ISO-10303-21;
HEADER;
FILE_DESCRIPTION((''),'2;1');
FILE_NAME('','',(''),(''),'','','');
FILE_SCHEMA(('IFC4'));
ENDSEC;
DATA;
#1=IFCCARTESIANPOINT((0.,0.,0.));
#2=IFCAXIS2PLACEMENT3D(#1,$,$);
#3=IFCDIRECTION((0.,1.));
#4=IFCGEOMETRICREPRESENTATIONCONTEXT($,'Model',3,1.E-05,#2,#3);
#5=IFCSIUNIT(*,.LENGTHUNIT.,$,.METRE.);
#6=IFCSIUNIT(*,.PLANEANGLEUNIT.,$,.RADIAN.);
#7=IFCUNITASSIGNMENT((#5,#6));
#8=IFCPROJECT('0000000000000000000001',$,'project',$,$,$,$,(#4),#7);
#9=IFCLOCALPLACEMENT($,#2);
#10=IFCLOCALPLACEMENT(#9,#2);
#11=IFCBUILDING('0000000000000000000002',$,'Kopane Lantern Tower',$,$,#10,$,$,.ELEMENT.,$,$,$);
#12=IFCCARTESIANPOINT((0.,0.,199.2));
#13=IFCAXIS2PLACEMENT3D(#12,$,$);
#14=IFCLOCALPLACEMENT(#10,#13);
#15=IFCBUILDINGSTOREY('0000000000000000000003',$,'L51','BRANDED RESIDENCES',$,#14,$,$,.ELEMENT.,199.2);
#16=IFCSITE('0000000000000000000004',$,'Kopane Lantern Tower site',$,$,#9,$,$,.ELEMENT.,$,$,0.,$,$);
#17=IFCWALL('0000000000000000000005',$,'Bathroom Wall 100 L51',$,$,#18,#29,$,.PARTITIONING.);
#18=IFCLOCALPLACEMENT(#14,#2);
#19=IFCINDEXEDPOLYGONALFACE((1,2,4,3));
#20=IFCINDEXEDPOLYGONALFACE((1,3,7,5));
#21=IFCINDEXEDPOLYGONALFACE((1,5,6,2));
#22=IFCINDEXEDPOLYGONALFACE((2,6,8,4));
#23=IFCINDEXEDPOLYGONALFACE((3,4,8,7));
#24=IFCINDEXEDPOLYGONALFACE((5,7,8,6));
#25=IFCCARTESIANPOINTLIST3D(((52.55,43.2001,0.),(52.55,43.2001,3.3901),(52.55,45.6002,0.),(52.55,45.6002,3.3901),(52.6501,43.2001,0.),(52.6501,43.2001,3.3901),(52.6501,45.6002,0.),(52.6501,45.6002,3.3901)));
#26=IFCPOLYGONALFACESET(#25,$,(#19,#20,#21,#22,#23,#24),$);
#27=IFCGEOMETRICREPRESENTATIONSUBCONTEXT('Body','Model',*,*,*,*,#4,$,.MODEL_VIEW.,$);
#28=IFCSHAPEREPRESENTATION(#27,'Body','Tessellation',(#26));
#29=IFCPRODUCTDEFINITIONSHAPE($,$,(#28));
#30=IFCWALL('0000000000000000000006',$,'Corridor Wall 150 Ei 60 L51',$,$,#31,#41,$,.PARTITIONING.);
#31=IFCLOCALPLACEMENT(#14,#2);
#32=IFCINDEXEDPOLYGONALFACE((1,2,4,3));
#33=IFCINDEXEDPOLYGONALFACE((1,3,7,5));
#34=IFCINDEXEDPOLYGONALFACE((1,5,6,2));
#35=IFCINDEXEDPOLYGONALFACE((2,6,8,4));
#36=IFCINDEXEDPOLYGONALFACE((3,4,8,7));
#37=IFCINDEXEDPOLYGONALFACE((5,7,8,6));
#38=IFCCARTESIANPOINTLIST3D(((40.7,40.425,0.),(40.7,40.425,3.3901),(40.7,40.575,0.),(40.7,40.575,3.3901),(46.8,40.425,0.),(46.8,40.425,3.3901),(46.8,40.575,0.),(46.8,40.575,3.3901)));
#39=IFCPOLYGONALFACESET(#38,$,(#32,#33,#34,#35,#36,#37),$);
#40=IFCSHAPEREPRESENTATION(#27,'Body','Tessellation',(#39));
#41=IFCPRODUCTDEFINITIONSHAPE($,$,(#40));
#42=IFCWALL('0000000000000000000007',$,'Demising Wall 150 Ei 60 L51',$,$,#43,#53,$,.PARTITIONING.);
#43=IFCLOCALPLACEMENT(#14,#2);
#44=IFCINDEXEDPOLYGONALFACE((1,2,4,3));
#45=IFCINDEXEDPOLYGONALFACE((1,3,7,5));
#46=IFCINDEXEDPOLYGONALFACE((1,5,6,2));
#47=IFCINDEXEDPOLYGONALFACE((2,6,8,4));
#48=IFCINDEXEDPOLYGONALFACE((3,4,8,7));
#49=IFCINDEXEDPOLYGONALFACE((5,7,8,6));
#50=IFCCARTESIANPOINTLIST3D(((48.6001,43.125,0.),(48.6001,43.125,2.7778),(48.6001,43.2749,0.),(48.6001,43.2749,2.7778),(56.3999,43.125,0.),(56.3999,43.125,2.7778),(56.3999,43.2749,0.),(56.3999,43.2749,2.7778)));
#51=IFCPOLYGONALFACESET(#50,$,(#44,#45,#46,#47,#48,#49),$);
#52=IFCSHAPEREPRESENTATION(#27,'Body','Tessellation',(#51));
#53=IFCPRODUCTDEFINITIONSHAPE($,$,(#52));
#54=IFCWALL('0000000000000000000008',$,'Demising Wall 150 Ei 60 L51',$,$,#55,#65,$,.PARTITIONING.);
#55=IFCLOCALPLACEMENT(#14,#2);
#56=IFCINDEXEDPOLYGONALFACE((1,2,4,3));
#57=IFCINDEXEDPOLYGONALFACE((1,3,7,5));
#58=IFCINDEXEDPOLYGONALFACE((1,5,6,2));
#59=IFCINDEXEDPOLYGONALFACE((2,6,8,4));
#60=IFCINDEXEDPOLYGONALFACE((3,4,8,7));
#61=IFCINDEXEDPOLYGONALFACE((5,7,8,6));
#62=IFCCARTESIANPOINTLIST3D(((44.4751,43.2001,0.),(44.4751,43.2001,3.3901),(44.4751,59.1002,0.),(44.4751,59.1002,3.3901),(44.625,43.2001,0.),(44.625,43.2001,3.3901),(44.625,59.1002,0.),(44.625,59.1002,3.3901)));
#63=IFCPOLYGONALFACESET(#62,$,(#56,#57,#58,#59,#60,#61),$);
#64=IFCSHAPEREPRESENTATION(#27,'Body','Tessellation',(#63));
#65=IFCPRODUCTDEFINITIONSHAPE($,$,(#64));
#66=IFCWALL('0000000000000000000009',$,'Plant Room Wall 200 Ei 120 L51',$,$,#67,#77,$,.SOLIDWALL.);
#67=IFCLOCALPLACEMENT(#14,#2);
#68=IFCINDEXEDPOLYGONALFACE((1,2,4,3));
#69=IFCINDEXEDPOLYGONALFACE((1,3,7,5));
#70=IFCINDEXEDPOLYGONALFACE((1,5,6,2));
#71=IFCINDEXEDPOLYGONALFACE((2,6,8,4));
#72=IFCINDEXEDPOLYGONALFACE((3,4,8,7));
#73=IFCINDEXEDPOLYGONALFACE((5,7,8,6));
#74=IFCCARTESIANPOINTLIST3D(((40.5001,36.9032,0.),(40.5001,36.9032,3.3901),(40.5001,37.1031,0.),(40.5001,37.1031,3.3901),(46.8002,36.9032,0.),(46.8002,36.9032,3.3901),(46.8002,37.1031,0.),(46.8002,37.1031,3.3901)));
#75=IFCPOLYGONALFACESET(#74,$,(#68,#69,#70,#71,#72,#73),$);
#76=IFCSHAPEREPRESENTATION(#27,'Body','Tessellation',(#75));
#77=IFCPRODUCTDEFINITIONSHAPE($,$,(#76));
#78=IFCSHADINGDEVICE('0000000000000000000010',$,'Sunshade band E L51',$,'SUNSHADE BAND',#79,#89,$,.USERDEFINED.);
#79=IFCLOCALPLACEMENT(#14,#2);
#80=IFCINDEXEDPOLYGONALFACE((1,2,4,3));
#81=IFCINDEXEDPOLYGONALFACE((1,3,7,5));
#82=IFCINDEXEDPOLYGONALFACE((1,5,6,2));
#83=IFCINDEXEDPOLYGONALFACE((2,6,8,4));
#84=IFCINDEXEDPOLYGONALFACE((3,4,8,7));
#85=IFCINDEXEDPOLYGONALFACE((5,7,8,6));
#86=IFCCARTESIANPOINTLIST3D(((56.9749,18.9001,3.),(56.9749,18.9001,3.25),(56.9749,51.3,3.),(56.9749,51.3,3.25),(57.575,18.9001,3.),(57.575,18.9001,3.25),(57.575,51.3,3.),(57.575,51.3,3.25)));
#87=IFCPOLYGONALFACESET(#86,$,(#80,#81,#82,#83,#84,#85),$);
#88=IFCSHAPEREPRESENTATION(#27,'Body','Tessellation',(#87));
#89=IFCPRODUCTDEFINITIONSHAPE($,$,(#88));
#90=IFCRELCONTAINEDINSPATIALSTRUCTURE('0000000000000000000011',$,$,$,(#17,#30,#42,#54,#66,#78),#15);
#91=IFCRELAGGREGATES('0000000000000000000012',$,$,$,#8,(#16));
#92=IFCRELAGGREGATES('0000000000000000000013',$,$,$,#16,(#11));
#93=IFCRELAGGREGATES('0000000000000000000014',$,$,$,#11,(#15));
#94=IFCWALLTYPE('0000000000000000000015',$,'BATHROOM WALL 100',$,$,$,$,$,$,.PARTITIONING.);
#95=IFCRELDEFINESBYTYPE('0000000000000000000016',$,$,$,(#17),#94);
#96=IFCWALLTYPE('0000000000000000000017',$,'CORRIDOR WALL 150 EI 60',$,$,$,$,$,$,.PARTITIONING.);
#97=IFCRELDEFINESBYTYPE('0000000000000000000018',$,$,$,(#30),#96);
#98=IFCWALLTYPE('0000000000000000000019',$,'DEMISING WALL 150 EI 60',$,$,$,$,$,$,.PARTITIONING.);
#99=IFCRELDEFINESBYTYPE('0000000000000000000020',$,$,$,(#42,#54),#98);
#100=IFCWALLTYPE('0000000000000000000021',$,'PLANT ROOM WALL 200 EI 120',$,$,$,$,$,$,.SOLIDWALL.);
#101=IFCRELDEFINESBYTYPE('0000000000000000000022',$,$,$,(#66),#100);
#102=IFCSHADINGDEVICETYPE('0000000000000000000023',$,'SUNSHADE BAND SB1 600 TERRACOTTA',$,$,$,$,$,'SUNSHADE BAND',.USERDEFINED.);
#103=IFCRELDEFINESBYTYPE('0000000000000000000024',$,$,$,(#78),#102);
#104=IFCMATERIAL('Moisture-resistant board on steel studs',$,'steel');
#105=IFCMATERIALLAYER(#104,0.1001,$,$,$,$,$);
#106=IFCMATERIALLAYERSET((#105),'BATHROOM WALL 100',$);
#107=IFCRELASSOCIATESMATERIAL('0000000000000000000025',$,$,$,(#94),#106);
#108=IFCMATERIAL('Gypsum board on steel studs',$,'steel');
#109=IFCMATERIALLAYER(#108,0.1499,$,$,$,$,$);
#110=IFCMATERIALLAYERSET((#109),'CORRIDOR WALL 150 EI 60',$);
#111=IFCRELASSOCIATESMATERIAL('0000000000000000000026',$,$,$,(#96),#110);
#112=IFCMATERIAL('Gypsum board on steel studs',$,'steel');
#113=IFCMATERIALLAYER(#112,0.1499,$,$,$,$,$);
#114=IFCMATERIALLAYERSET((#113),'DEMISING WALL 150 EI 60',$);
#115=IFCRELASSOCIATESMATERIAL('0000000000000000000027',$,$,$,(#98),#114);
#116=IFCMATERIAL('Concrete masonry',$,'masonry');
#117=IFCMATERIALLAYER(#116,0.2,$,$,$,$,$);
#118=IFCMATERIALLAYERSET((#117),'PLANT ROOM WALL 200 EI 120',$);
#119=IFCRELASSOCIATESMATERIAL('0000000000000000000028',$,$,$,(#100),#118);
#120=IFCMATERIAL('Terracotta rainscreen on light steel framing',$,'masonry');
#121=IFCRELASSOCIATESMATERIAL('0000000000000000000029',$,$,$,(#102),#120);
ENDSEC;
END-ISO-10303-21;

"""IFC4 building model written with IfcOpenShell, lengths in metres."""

from ifc_helpers import new_model, si_unit, direction, frame, frame_2d, origin, origin_2d, place, context, subcontext, project, spatial, rectangle, extrude, material, layer, layer_set, type_object, element, save


model = new_model("IFC4")

# Units and contexts
model_context = context("Model", 3, precision=1e-05, world=origin(), true_north=direction((0.0, 1.0)))
body_context = subcontext(model_context, "Body", "Model", "MODEL_VIEW")
ifc_project = project(units=[si_unit("LENGTHUNIT", "METRE"), si_unit("PLANEANGLEUNIT", "RADIAN")], contexts=[model_context])

# Site, building, storey
site_placement = place(None, origin())
site = spatial("IfcSite", under=ifc_project, at=site_placement, Name="Kopane Lantern Tower site", CompositionType="ELEMENT", RefElevation=0.0)
building_placement = place(site_placement, origin())
building = spatial("IfcBuilding", under=site, at=building_placement, Name="Kopane Lantern Tower", CompositionType="ELEMENT")
storey_placement = place(building_placement, frame((0.0, 0.0, 199.2)))
storey = spatial("IfcBuildingStorey", under=building, at=storey_placement, Name="L51", Description="BRANDED RESIDENCES", CompositionType="ELEMENT", Elevation=199.2)

# Shared definitions
ifc_material_1 = material(Name="Moisture-resistant board on steel studs", Category="steel")
ifc_layer_1 = layer(ifc_material_1, 0.1001)
ifc_layer_set_1 = layer_set([ifc_layer_1], Name="BATHROOM WALL 100")
wall_type_1 = type_object("IfcWallType", Name="BATHROOM WALL 100", PredefinedType="PARTITIONING", material=ifc_layer_set_1)

# Walls
wall_1_placement = place(storey_placement, frame((52.6001, 43.2, 0.0), z_axis=(0.0, 0.0, 1.0), x_axis=(0.0, 1.0, 0.0)))
element("IfcWall", 1, at=wall_1_placement, inside=storey, type_object=wall_type_1, Name="Bathroom Wall 100 L51", PredefinedType="PARTITIONING", context=body_context, shape_type="SweptSolid", body=[
    extrude(rectangle(XDim=2.4001, YDim=0.1001, at=frame_2d((1.2002, 0.0))), origin(), (0.0, 0.0, 1.0), 3.3901),
])
ifc_material_2 = material(Name="Gypsum board on steel studs", Category="steel")
ifc_layer_2 = layer(ifc_material_2, 0.1499)
ifc_layer_set_2 = layer_set([ifc_layer_2], Name="CORRIDOR WALL 150 EI 60")
wall_type_2 = type_object("IfcWallType", Name="CORRIDOR WALL 150 EI 60", PredefinedType="PARTITIONING", material=ifc_layer_set_2)
wall_2_placement = place(storey_placement, frame((46.8, 40.5, 0.0), z_axis=(0.0, 0.0, 1.0), x_axis=(-1.0, 0.0, 0.0)))
element("IfcWall", 2, at=wall_2_placement, inside=storey, type_object=wall_type_2, Name="Corridor Wall 150 Ei 60 L51", PredefinedType="PARTITIONING", context=body_context, shape_type="SweptSolid", body=[
    extrude(rectangle(XDim=6.1001, YDim=0.1499, at=frame_2d((3.05, 0.0))), origin(), (0.0, 0.0, 1.0), 3.3901),
])
ifc_material_3 = material(Name="Gypsum board on steel studs", Category="steel")
ifc_layer_3 = layer(ifc_material_3, 0.1499)
ifc_layer_set_3 = layer_set([ifc_layer_3], Name="DEMISING WALL 150 EI 60")
wall_type_3 = type_object("IfcWallType", Name="DEMISING WALL 150 EI 60", PredefinedType="PARTITIONING", material=ifc_layer_set_3)
wall_3_placement = place(storey_placement, frame((48.6001, 43.2, 0.0), z_axis=(0.0, 0.0, 1.0), x_axis=(1.0, 0.0, 0.0)))
element("IfcWall", 3, at=wall_3_placement, inside=storey, type_object=wall_type_3, Name="Demising Wall 150 Ei 60 L51", PredefinedType="PARTITIONING", context=body_context, shape_type="SweptSolid", body=[
    extrude(rectangle(XDim=7.7998, YDim=0.1499, at=frame_2d((3.8999, 0.0))), origin(), (0.0, 0.0, 1.0), 2.7778),
])
wall_4_placement = place(storey_placement, frame((44.55, 43.2, 0.0), z_axis=(0.0, 0.0, 1.0), x_axis=(0.0, 1.0, 0.0)))
element("IfcWall", 4, at=wall_4_placement, inside=storey, type_object=wall_type_3, Name="Demising Wall 150 Ei 60 L51", PredefinedType="PARTITIONING", context=body_context, shape_type="SweptSolid", body=[
    extrude(rectangle(XDim=15.9001, YDim=0.1499, at=frame_2d((7.9502, 0.0))), origin(), (0.0, 0.0, 1.0), 3.3901),
])
ifc_material_4 = material(Name="Concrete masonry", Category="masonry")
ifc_layer_4 = layer(ifc_material_4, 0.2)
ifc_layer_set_4 = layer_set([ifc_layer_4], Name="PLANT ROOM WALL 200 EI 120")
wall_type_4 = type_object("IfcWallType", Name="PLANT ROOM WALL 200 EI 120", PredefinedType="SOLIDWALL", material=ifc_layer_set_4)
wall_5_placement = place(storey_placement, frame((46.8, 37.0032, 0.0), z_axis=(0.0, 0.0, 1.0), x_axis=(-1.0, 0.0, 0.0)))
element("IfcWall", 5, at=wall_5_placement, inside=storey, type_object=wall_type_4, Name="Plant Room Wall 200 Ei 120 L51", PredefinedType="SOLIDWALL", context=body_context, shape_type="SweptSolid", body=[
    extrude(rectangle(XDim=6.3, YDim=0.2, at=frame_2d((3.1499, 0.0))), origin(), (0.0, 0.0, 1.0), 3.3901),
])

# Shading device
ifc_material_5 = material(Name="Terracotta rainscreen on light steel framing", Category="masonry")
shading_device_type = type_object("IfcShadingDeviceType", Name="SUNSHADE BAND SB1 600 TERRACOTTA", ElementType="SUNSHADE BAND", PredefinedType="USERDEFINED", material=ifc_material_5)
shading_device_placement = place(storey_placement, frame((57.2749, 35.1001, 3.0), z_axis=(0.0, 0.0, 1.0), x_axis=(0.0, 1.0, 0.0)))
element("IfcShadingDevice", 6, at=shading_device_placement, inside=storey, type_object=shading_device_type, Name="Sunshade band E L51", ObjectType="SUNSHADE BAND", PredefinedType="USERDEFINED", context=body_context, shape_type="SweptSolid", body=[
    extrude(rectangle(XDim=32.3999, YDim=0.6001, at=origin_2d()), origin(), (0.0, 0.0, 1.0), 0.25),
])

save(model, "model.ifc")
